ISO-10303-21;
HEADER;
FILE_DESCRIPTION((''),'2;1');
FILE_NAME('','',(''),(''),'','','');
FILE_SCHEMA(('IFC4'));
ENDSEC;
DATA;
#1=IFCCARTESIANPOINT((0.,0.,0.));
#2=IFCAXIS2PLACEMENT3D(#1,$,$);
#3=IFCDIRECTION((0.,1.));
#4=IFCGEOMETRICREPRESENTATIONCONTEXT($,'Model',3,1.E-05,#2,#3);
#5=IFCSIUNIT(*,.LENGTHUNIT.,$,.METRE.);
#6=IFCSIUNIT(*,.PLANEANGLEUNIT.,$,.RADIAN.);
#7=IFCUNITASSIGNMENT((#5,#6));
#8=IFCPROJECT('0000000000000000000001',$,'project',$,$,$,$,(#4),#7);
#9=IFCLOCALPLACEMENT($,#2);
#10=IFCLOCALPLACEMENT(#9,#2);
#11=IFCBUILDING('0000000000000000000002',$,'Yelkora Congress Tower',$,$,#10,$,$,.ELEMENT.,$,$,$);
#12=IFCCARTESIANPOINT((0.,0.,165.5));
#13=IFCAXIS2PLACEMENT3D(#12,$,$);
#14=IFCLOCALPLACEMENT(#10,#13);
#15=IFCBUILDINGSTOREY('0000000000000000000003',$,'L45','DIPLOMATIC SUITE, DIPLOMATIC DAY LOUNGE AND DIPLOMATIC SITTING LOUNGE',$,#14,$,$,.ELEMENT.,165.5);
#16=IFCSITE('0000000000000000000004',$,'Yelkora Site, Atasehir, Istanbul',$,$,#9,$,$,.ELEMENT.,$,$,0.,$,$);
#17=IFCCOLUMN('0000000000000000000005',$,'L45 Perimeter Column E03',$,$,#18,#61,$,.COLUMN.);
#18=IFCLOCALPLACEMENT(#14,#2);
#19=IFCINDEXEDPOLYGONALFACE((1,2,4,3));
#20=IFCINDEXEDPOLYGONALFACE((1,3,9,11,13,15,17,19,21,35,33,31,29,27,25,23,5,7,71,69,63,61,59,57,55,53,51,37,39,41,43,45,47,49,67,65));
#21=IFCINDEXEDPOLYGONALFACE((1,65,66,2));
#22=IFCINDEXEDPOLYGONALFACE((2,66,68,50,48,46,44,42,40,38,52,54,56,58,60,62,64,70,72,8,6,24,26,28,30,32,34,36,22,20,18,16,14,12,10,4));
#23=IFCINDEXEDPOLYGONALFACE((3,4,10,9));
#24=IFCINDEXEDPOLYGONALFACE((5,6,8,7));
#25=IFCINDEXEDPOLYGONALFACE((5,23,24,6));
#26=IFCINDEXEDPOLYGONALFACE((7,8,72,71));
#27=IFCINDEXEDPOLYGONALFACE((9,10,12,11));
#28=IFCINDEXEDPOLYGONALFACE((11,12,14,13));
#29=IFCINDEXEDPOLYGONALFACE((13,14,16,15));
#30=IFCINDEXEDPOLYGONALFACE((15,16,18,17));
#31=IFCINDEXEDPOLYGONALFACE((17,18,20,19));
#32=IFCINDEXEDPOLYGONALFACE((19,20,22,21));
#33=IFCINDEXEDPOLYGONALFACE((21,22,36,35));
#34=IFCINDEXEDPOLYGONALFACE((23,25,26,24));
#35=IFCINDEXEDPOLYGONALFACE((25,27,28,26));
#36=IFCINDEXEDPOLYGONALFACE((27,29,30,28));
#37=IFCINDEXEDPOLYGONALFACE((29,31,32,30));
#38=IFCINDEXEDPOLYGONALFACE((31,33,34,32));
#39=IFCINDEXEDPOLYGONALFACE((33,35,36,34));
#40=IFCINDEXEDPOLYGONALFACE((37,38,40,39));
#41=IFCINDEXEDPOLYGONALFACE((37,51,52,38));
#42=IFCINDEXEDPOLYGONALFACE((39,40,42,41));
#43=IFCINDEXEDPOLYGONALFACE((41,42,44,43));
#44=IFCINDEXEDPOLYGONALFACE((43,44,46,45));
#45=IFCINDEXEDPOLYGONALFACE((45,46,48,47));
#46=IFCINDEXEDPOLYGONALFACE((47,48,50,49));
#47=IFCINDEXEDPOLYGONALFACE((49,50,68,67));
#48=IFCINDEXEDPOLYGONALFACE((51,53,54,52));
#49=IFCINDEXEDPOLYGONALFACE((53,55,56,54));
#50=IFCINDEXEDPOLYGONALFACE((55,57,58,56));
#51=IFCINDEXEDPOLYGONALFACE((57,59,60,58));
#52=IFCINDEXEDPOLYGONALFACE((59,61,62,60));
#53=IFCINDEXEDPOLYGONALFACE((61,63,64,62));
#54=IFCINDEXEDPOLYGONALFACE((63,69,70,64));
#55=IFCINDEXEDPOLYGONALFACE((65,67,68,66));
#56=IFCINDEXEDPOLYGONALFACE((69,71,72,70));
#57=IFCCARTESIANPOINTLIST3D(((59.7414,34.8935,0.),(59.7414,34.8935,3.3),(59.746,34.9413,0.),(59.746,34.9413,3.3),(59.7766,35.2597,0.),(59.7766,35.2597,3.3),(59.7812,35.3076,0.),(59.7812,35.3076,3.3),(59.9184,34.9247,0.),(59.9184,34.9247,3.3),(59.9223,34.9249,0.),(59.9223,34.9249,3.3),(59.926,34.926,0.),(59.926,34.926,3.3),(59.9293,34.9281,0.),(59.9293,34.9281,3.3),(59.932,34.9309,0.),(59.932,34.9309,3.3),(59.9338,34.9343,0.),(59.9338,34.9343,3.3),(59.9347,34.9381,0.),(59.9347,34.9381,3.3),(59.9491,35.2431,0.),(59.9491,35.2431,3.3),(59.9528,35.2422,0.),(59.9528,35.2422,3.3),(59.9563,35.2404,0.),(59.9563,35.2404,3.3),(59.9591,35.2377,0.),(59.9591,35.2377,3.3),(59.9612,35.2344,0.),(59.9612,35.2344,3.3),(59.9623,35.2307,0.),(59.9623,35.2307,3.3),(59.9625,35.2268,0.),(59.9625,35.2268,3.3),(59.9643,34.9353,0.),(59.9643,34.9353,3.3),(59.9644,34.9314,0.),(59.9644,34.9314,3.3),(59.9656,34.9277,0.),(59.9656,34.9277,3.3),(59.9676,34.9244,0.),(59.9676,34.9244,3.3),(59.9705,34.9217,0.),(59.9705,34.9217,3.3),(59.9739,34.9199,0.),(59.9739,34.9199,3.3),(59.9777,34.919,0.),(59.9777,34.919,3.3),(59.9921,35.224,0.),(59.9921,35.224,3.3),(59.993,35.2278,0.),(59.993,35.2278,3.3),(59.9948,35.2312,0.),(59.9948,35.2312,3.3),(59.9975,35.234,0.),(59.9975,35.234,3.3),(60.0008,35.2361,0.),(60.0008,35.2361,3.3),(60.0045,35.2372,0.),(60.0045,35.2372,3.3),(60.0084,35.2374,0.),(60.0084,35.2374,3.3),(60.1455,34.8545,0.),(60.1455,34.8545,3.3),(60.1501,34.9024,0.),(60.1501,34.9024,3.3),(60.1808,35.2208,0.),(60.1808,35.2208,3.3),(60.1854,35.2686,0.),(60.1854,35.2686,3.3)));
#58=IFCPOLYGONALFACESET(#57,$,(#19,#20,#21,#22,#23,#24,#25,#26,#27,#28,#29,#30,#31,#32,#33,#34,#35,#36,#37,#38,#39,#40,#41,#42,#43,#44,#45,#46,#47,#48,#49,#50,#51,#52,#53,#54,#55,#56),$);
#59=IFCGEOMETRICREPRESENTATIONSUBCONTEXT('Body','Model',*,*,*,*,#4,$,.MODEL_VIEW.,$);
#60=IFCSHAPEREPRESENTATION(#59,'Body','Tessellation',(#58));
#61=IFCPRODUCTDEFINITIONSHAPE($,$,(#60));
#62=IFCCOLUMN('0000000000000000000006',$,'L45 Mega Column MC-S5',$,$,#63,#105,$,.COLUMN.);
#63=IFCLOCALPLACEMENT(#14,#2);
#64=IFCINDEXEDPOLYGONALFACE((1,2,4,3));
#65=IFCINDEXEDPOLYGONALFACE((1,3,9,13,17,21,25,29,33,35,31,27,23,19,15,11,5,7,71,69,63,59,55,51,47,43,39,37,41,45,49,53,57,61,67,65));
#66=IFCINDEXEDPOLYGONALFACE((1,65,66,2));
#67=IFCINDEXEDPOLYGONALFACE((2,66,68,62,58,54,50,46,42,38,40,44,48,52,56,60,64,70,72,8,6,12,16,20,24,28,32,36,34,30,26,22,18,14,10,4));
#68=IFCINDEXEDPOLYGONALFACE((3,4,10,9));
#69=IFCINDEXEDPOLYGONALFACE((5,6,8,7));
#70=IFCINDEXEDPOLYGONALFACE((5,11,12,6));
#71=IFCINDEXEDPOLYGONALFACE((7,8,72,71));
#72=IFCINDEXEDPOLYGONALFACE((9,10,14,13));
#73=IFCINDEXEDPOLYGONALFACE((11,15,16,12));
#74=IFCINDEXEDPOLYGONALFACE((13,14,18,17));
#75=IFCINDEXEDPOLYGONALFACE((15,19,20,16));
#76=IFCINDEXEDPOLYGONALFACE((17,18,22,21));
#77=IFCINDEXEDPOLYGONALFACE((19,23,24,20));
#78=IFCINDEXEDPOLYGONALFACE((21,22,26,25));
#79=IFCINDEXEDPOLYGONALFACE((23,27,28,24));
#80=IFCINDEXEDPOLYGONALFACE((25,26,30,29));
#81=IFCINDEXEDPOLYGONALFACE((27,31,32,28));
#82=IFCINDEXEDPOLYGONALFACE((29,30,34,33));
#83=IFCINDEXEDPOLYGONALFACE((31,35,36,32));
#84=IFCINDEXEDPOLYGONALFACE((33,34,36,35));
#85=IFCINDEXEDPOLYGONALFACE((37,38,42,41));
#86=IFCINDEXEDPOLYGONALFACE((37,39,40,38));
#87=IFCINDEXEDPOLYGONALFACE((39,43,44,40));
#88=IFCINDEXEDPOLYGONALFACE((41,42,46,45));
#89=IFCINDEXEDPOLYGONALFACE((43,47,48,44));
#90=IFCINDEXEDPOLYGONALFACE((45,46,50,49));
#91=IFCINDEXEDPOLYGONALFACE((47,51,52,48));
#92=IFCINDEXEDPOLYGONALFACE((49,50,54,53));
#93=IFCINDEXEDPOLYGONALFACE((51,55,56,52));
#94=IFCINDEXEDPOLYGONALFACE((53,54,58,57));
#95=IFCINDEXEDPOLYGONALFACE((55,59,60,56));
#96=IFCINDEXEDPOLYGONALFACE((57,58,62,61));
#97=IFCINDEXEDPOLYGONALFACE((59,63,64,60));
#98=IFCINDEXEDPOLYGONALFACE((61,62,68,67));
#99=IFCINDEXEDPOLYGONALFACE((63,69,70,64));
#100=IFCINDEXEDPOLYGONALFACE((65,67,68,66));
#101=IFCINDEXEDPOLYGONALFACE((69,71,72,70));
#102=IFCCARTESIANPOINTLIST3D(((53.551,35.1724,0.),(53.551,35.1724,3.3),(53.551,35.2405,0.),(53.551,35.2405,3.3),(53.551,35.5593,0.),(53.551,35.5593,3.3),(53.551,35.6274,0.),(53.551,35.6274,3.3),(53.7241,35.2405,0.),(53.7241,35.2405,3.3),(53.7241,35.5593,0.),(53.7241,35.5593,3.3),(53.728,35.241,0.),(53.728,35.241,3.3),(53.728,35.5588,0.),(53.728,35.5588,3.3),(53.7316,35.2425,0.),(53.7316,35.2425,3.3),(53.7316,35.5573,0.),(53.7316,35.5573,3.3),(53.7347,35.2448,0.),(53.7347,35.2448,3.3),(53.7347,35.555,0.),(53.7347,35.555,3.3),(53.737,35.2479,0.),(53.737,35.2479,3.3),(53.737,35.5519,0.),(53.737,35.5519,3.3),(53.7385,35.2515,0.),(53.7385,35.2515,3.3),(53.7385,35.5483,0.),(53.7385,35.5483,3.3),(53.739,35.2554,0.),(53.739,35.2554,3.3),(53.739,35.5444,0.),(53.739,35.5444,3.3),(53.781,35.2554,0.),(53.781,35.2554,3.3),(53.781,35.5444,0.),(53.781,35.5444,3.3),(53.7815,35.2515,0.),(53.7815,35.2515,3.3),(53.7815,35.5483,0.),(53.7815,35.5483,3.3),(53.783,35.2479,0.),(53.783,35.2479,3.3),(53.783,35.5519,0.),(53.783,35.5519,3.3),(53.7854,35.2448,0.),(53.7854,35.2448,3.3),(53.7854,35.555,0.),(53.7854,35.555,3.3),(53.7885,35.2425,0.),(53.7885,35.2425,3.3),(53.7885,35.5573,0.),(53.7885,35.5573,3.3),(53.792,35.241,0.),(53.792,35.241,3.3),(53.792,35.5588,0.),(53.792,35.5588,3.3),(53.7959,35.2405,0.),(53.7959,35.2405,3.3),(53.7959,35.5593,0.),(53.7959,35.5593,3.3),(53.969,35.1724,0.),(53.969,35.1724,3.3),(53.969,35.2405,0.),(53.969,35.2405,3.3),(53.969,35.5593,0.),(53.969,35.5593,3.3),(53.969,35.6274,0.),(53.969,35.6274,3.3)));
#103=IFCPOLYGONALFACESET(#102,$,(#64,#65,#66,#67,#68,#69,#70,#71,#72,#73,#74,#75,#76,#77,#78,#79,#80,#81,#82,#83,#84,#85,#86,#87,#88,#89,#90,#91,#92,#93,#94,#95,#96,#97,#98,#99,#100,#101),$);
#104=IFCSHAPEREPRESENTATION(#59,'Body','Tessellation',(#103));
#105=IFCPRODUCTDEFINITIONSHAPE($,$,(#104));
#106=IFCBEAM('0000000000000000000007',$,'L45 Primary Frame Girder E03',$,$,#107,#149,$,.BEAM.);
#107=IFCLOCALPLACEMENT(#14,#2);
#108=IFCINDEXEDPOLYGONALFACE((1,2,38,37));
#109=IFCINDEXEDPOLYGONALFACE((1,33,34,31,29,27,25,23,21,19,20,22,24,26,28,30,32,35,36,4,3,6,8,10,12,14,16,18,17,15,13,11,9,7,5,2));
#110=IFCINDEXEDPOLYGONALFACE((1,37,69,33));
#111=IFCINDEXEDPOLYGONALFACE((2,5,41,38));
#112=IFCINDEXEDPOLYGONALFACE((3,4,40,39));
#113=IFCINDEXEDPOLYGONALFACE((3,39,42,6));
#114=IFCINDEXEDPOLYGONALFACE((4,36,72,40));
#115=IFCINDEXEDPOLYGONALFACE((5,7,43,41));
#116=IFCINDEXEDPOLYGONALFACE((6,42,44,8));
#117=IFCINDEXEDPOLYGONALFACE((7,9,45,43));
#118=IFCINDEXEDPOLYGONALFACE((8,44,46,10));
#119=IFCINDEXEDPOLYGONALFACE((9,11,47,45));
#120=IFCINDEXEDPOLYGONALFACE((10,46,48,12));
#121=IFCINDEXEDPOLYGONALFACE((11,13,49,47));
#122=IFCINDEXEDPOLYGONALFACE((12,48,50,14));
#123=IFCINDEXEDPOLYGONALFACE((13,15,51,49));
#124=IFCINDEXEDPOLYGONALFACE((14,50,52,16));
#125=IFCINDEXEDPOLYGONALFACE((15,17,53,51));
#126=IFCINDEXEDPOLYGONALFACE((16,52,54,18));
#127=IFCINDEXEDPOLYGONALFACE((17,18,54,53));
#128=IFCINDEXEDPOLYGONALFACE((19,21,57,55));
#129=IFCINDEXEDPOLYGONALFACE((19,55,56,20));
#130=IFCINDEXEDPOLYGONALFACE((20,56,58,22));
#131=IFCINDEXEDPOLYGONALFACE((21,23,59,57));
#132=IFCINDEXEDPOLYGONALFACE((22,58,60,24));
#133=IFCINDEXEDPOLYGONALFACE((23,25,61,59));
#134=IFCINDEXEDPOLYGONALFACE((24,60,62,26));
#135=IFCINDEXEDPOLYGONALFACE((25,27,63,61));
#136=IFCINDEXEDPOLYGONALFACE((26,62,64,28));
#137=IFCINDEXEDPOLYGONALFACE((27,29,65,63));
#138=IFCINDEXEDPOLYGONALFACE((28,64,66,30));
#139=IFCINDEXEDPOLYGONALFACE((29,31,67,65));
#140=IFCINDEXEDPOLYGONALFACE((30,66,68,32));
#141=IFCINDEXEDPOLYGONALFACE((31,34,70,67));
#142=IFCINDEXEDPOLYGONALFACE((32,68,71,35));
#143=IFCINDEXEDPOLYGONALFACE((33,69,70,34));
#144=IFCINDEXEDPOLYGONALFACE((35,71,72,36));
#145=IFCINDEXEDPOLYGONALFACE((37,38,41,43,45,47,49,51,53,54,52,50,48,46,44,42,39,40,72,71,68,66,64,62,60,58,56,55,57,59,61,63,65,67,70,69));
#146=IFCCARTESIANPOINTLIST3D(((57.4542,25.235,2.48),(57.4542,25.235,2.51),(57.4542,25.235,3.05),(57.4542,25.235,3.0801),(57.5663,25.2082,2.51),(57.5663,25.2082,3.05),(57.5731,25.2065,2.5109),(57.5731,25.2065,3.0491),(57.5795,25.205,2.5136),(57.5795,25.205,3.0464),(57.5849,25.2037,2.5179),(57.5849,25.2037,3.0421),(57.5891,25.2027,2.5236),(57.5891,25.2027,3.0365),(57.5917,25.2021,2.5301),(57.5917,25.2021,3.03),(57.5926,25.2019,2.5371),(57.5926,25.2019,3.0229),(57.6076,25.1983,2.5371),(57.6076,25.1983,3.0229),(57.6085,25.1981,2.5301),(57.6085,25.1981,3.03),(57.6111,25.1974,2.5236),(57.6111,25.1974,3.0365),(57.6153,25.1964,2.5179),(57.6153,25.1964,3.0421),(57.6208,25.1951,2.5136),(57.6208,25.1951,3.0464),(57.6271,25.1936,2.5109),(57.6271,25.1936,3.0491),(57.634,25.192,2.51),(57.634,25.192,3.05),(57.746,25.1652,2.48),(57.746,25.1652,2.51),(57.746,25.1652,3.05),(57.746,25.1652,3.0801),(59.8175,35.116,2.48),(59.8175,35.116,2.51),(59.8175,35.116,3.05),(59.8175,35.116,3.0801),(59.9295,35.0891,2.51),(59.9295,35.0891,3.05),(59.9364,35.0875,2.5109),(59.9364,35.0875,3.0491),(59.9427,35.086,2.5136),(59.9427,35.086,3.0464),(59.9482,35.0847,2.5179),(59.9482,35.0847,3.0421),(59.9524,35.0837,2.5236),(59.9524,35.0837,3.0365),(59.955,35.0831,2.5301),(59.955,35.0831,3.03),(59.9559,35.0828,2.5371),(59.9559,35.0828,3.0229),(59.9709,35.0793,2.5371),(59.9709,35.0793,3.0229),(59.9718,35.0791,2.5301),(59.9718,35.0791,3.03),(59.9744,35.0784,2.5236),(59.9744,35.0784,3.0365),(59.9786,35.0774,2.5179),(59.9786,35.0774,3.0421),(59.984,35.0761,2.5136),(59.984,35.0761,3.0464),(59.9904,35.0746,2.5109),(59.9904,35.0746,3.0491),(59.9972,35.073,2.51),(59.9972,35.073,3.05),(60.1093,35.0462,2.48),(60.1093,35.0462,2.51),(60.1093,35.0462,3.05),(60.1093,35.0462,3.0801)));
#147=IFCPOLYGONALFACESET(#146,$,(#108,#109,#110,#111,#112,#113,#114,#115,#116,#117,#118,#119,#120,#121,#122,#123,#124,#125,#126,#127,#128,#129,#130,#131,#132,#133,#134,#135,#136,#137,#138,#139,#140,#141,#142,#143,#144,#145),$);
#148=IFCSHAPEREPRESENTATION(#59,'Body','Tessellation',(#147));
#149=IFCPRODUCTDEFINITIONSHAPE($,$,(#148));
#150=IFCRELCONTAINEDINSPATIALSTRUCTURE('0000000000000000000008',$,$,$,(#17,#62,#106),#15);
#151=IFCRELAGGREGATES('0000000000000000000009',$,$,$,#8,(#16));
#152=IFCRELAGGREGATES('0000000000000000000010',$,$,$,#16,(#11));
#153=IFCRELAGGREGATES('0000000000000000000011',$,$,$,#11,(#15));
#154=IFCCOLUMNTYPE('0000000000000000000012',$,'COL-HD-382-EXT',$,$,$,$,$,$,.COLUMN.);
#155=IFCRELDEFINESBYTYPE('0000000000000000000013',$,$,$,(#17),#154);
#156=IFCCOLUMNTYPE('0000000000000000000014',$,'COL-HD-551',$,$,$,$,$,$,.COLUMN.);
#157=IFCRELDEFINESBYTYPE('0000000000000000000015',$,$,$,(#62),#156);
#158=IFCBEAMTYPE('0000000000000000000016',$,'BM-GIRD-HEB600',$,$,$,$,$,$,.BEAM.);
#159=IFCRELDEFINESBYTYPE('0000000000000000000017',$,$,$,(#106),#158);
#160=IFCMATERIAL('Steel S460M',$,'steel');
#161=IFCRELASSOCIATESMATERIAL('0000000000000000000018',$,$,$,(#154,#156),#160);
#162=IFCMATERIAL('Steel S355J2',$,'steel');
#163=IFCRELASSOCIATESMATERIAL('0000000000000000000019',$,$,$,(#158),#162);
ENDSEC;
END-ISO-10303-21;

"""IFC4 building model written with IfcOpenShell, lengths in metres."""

from ifc_helpers import new_model, si_unit, direction, frame, origin, origin_2d, place, context, subcontext, project, spatial, i_section, extrude, material, material_profile, profile_set, type_object, element, save


model = new_model("IFC4")

# Units and contexts
model_context = context("Model", 3, precision=1e-05, world=origin(), true_north=direction((0.0, 1.0)))
body_context = subcontext(model_context, "Body", "Model", "MODEL_VIEW")
ifc_project = project(units=[si_unit("LENGTHUNIT", "METRE"), si_unit("PLANEANGLEUNIT", "RADIAN")], contexts=[model_context])

# Site, building, storey
site_placement = place(None, origin())
site = spatial("IfcSite", under=ifc_project, at=site_placement, Name="Yelkora Site, Atasehir, Istanbul", CompositionType="ELEMENT", RefElevation=0.0)
building_placement = place(site_placement, origin())
building = spatial("IfcBuilding", under=site, at=building_placement, Name="Yelkora Congress Tower", CompositionType="ELEMENT")
storey_placement = place(building_placement, frame((0.0, 0.0, 165.5)))
storey = spatial("IfcBuildingStorey", under=building, at=storey_placement, Name="L45", Description="DIPLOMATIC SUITE, DIPLOMATIC DAY LOUNGE AND DIPLOMATIC SITTING LOUNGE", CompositionType="ELEMENT", Elevation=165.5)

# Columns
ifc_material_1 = material(Name="Steel S460M", Category="steel")
ifc_material_profile_1 = material_profile(ifc_material_1, i_section(OverallWidth=0.406, OverallDepth=0.416, WebThickness=0.0298, FlangeThickness=0.0481, FilletRadius=0.0149, at=origin_2d()), Name="HD 400x382")
ifc_profile_set_1 = profile_set([ifc_material_profile_1], Name="Steel S460M")
column_type_1 = type_object("IfcColumnType", Name="COL-HD-382-EXT", PredefinedType="COLUMN", material=ifc_profile_set_1)
column_1_placement = place(storey_placement, frame((59.9634, 35.0811, 0.0), z_axis=(0.0, 0.0, 1.0), x_axis=(0.995396, -0.095846, 0.0)))
element("IfcColumn", 1, at=column_1_placement, inside=storey, type_object=column_type_1, Name="L45 Perimeter Column E03", PredefinedType="COLUMN", context=body_context, shape_type="SweptSolid", body=[
    extrude(i_section(OverallWidth=0.406, OverallDepth=0.416, WebThickness=0.0298, FlangeThickness=0.0481, FilletRadius=0.0149, at=origin_2d()), origin(), (0.0, 0.0, 1.0), 3.3),
])
ifc_material_profile_2 = material_profile(ifc_material_1, i_section(OverallWidth=0.418, OverallDepth=0.4551, WebThickness=0.042, FlangeThickness=0.0681, FilletRadius=0.0149, at=origin_2d()), Name="HD 400x551")
ifc_profile_set_2 = profile_set([ifc_material_profile_2], Name="Steel S460M")
column_type_2 = type_object("IfcColumnType", Name="COL-HD-551", PredefinedType="COLUMN", material=ifc_profile_set_2)
column_2_placement = place(storey_placement, frame((53.76, 35.3999, 0.0), z_axis=(0.0, 0.0, 1.0), x_axis=(1.0, 0.0, 0.0)))
element("IfcColumn", 2, at=column_2_placement, inside=storey, type_object=column_type_2, Name="L45 Mega Column MC-S5", PredefinedType="COLUMN", context=body_context, shape_type="SweptSolid", body=[
    extrude(i_section(OverallWidth=0.418, OverallDepth=0.4551, WebThickness=0.042, FlangeThickness=0.0681, FilletRadius=0.0149, at=origin_2d()), origin(), (0.0, 0.0, 1.0), 3.3),
])

# Beam
ifc_material_2 = material(Name="Steel S355J2", Category="steel")
ifc_material_profile_3 = material_profile(ifc_material_2, i_section(OverallWidth=0.3, OverallDepth=0.6001, WebThickness=0.0154, FlangeThickness=0.03, FilletRadius=0.0271, at=origin_2d()), Name="HEB 600")
ifc_profile_set_3 = profile_set([ifc_material_profile_3], Name="Steel S355J2")
beam_type_1 = type_object("IfcBeamType", Name="BM-GIRD-HEB600", PredefinedType="BEAM", material=ifc_profile_set_3)
beam_1_placement = place(storey_placement, frame((59.9634, 35.0811, 2.78), z_axis=(-0.232611, -0.97257, 0.0), x_axis=(0.97257, -0.232611, 0.0)))
element("IfcBeam", 3, at=beam_1_placement, inside=storey, type_object=beam_type_1, Name="L45 Primary Frame Girder E03", PredefinedType="BEAM", context=body_context, shape_type="SweptSolid", body=[
    extrude(i_section(OverallWidth=0.3, OverallDepth=0.6001, WebThickness=0.0154, FlangeThickness=0.03, FilletRadius=0.0271, at=origin_2d()), origin(), (0.0, 0.0, 1.0), 10.1597),
])

save(model, "model.ifc")
